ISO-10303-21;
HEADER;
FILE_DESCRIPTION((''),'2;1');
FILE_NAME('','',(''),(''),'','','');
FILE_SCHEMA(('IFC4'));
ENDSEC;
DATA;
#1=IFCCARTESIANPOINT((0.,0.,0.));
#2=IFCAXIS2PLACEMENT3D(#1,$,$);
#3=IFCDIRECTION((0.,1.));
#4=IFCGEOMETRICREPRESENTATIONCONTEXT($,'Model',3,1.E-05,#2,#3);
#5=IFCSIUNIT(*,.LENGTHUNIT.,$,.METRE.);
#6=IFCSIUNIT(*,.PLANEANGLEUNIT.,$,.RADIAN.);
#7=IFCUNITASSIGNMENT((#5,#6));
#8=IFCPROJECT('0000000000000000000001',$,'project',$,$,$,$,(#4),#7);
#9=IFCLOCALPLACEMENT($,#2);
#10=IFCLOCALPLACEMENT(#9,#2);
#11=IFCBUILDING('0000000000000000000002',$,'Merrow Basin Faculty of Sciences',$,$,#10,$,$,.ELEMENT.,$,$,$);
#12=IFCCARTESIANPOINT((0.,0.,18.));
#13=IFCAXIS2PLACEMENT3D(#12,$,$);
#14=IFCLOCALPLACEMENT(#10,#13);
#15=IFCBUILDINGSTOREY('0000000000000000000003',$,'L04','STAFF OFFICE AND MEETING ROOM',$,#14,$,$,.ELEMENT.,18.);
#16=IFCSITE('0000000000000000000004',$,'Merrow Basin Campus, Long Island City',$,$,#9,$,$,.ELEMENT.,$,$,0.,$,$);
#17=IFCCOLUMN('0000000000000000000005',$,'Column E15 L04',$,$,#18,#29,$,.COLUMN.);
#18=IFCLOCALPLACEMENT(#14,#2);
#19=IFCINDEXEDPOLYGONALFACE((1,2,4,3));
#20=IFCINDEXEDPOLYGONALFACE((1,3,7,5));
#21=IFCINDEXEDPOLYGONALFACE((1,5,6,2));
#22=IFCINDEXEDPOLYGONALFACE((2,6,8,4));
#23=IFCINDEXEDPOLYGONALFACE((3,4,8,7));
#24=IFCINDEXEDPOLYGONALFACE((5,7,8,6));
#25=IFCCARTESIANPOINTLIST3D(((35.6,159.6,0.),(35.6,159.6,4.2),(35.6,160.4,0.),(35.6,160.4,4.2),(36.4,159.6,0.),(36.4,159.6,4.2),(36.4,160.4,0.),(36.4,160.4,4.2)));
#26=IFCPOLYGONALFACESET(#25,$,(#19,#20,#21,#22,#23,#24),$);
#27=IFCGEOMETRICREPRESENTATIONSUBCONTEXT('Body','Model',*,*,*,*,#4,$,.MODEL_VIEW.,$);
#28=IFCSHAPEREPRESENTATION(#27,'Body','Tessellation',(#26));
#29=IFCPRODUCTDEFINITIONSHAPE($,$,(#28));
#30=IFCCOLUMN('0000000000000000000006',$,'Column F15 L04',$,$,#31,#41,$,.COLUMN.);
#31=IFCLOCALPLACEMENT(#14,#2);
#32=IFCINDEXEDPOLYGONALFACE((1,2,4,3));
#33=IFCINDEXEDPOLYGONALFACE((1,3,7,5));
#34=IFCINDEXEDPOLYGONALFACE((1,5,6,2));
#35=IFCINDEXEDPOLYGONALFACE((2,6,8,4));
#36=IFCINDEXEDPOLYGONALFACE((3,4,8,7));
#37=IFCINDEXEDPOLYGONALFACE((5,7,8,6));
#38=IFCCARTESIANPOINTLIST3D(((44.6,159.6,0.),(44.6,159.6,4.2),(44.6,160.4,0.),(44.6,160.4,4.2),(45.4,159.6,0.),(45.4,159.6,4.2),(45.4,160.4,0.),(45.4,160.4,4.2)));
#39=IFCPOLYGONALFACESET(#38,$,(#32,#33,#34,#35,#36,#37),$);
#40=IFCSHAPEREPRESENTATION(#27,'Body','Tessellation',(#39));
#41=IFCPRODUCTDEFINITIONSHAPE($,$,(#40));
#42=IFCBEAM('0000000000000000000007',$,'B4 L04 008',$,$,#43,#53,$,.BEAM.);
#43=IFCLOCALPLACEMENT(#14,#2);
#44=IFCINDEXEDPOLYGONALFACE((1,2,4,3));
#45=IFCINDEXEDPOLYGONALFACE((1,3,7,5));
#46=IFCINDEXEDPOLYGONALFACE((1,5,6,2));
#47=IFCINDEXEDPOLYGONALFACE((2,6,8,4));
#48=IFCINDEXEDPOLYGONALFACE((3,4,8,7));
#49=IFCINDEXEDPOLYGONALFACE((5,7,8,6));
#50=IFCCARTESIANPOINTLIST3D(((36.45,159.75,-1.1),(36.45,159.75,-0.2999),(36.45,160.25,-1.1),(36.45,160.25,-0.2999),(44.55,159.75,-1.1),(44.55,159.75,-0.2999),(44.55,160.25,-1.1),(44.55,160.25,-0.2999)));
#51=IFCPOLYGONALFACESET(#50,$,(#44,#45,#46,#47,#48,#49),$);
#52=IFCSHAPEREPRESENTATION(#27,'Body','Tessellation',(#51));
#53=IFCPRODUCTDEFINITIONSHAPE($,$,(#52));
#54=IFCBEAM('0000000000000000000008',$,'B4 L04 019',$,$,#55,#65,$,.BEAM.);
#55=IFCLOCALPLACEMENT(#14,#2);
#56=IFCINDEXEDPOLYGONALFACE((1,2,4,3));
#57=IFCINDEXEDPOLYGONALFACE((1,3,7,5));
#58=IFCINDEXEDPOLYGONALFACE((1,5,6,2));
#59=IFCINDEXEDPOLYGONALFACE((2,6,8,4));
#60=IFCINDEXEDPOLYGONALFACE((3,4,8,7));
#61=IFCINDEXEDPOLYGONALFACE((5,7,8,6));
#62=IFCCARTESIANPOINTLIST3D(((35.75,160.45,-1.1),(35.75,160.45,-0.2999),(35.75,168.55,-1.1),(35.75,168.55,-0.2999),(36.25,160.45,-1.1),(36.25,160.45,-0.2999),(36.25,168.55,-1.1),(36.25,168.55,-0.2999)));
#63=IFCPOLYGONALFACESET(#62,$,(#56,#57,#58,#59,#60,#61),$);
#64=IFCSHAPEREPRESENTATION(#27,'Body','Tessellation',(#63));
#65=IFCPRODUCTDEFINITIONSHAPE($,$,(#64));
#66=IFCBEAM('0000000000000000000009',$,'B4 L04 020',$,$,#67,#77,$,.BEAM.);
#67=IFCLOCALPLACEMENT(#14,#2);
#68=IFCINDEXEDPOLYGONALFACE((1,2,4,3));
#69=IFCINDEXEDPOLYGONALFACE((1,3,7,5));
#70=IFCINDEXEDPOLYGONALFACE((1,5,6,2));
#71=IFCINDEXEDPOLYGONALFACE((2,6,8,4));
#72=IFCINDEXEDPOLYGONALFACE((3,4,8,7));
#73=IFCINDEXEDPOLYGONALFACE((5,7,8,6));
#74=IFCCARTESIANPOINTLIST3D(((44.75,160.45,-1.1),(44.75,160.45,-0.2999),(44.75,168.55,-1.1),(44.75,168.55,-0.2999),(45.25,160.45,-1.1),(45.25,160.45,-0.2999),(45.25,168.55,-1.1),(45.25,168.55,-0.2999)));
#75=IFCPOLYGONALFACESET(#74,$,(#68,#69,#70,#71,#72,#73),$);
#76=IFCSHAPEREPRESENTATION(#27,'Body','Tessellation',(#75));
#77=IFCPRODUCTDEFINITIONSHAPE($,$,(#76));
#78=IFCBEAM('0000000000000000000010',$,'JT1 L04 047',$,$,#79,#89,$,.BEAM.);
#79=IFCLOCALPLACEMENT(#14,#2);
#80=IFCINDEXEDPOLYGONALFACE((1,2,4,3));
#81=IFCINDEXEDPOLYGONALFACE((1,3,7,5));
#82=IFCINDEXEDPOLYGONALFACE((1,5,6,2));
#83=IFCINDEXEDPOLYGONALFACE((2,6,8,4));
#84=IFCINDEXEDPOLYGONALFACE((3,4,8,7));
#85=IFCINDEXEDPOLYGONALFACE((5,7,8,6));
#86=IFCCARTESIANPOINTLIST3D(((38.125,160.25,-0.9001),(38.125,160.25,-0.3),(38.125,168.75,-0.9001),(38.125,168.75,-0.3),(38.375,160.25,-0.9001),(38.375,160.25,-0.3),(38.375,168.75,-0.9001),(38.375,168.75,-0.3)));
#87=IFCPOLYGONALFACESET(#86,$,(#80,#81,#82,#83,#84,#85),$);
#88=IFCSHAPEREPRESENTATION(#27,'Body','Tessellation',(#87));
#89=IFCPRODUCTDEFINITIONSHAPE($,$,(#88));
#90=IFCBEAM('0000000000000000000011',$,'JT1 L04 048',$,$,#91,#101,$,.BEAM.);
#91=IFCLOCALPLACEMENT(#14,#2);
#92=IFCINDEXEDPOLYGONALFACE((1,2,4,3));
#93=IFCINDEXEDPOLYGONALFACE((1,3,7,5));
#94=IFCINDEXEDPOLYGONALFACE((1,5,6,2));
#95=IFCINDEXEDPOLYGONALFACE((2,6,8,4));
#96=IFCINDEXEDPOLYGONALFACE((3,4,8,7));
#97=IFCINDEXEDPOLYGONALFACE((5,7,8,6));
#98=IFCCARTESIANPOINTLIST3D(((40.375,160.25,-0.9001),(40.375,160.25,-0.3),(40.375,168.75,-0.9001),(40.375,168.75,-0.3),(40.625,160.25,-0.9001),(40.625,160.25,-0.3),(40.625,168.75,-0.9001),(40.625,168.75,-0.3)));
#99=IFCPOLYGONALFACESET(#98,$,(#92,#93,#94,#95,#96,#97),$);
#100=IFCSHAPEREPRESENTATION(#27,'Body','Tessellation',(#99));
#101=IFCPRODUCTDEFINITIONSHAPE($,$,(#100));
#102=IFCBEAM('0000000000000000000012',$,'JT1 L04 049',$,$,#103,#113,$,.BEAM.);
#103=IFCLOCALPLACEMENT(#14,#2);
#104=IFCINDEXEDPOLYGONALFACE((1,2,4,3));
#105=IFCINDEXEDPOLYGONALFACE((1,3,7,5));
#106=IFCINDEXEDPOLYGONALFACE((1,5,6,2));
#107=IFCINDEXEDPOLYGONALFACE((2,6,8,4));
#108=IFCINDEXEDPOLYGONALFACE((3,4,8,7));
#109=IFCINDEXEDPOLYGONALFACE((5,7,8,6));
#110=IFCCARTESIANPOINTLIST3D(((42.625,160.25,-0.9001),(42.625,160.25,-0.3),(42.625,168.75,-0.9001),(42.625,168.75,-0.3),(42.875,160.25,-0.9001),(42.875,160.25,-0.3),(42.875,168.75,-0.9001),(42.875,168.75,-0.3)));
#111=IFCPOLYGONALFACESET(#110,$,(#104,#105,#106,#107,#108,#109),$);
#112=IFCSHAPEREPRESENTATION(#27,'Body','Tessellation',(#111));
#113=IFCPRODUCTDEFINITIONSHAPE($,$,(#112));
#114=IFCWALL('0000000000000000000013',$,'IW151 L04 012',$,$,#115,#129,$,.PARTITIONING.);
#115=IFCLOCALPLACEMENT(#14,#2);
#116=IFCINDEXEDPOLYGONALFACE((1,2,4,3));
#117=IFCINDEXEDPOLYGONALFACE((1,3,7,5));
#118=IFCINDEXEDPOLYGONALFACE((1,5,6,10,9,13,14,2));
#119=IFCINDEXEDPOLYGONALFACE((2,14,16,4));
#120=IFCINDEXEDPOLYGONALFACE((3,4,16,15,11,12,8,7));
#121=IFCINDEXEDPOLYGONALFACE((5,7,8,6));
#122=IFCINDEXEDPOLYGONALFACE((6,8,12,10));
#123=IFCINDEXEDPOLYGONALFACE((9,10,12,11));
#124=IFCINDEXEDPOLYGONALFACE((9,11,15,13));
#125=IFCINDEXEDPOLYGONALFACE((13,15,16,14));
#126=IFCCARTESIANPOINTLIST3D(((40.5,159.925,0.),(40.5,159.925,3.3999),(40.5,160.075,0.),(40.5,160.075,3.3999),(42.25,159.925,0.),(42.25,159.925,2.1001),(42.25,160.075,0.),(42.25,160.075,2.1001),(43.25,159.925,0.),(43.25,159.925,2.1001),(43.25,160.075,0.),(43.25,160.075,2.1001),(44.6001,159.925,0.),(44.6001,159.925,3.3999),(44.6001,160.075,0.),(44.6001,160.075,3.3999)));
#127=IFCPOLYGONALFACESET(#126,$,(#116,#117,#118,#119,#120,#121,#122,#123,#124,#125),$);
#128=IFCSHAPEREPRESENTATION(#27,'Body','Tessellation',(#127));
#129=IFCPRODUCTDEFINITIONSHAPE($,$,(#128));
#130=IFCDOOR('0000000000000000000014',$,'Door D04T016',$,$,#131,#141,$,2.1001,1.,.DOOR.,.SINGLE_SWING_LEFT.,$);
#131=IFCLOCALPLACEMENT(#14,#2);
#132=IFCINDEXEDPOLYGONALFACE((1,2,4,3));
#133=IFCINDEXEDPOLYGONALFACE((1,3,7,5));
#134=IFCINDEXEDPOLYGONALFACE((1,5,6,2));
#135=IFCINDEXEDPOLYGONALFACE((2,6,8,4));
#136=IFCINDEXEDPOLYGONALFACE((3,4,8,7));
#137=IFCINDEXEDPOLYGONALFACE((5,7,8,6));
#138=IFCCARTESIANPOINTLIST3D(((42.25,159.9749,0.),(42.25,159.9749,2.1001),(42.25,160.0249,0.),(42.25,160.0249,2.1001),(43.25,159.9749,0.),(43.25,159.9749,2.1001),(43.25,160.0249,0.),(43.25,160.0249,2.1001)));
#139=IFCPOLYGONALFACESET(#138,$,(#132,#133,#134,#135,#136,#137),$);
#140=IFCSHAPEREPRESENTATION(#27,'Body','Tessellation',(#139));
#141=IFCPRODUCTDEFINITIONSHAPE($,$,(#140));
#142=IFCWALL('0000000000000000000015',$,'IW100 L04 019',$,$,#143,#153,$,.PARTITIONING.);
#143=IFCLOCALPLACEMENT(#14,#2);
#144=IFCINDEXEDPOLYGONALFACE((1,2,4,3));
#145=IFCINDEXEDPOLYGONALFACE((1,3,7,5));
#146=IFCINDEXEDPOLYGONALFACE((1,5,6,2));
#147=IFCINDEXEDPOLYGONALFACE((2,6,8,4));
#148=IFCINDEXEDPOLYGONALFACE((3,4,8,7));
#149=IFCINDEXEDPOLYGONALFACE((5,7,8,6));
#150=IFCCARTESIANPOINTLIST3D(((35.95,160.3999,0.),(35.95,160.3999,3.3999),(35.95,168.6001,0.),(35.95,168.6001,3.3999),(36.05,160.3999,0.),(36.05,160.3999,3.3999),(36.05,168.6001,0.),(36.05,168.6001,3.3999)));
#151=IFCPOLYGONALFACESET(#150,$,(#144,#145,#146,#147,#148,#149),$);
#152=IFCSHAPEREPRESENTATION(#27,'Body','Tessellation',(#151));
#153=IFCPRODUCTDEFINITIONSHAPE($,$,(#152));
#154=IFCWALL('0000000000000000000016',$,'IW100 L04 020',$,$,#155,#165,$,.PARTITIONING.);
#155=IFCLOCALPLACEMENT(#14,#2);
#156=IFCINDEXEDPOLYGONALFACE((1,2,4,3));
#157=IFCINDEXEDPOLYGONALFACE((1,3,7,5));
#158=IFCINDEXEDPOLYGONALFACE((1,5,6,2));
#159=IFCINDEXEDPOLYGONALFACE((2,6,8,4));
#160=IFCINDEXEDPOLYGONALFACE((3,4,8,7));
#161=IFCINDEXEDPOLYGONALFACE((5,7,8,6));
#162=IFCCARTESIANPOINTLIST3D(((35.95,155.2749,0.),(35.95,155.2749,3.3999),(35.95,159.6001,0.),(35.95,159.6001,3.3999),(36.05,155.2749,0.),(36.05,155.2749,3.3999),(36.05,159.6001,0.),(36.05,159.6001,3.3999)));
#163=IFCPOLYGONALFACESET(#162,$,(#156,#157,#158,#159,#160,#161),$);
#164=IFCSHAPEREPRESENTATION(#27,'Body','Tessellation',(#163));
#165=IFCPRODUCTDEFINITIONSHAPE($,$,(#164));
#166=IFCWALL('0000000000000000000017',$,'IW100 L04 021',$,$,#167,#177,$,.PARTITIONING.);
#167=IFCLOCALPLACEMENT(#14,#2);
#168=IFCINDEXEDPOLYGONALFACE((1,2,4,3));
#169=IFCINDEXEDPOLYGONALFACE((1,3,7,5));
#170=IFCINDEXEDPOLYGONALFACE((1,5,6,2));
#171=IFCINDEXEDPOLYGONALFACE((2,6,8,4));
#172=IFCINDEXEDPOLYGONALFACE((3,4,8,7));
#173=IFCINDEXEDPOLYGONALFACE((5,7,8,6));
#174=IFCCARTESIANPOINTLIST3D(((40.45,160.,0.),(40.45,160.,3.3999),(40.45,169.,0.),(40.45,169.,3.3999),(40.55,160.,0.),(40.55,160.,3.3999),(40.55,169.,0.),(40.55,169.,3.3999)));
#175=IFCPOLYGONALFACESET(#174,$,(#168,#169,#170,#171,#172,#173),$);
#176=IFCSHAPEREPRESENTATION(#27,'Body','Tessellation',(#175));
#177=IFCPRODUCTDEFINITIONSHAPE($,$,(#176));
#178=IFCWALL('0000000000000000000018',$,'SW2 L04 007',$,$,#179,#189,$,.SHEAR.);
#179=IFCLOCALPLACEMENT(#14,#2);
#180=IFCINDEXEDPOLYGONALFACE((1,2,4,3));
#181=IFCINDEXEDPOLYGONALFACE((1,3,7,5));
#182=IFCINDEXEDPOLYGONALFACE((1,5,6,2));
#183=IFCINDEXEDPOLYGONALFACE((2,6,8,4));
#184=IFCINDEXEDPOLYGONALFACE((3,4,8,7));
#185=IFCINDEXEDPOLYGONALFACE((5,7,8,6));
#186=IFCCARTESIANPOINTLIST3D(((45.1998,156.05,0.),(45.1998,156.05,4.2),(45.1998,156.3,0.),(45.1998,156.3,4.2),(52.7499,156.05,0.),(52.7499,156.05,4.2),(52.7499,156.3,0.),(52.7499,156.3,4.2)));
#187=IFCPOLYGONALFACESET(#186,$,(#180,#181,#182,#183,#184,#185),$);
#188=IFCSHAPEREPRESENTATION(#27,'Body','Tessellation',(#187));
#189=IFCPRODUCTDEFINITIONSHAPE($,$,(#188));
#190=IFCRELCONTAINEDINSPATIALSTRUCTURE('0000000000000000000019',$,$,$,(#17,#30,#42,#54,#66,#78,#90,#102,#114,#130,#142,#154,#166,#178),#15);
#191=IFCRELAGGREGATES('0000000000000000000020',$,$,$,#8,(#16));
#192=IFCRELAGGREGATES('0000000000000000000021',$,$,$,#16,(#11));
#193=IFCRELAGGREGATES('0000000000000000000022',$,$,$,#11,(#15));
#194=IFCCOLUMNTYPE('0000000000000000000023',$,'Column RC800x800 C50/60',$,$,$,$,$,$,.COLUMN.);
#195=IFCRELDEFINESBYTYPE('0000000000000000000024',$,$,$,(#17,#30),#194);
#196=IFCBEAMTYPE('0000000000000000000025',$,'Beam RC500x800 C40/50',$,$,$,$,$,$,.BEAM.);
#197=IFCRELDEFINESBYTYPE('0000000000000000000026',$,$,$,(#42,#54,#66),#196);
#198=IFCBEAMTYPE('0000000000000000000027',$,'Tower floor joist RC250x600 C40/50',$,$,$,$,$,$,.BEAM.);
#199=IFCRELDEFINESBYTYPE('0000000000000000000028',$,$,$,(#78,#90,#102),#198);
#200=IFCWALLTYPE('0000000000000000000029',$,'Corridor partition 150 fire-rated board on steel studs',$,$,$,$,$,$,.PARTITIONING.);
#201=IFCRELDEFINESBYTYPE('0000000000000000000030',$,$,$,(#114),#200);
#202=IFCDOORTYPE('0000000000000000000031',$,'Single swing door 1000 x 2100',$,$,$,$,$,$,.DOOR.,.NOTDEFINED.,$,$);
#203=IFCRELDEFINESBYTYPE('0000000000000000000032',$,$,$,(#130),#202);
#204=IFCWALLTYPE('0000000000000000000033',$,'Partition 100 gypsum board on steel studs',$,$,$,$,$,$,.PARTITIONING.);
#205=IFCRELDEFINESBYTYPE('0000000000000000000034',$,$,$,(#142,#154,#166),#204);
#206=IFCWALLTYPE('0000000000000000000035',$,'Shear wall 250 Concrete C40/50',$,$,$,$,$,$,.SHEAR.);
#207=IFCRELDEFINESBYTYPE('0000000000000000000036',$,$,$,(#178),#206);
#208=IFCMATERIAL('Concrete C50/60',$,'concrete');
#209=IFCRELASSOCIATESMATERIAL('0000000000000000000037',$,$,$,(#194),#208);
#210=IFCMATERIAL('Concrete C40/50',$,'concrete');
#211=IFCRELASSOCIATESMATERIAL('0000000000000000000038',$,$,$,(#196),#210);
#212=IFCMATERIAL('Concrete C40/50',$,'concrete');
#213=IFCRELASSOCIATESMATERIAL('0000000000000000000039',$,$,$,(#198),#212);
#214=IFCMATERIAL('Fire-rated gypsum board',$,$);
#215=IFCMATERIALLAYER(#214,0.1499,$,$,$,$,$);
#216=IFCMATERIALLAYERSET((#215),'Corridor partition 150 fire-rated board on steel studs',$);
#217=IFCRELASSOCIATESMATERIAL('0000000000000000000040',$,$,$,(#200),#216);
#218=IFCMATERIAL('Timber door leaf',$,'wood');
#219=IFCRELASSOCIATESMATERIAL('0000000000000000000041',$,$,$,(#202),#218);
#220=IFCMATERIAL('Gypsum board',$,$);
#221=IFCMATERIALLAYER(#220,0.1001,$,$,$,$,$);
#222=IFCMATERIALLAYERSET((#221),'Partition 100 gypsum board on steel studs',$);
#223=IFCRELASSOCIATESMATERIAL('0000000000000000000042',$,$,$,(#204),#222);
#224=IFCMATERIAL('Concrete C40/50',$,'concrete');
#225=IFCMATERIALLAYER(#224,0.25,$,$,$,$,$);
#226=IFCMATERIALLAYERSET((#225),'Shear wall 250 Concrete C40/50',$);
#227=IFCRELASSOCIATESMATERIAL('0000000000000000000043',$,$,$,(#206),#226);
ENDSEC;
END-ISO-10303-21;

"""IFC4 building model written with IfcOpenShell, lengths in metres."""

from ifc_helpers import new_model, si_unit, direction, frame, frame_2d, origin, origin_2d, place, context, subcontext, project, spatial, rectangle, extrude, material, layer, layer_set, material_profile, profile_set, type_object, element, fill, save


model = new_model("IFC4")

# Units and contexts
model_context = context("Model", 3, precision=1e-05, world=origin(), true_north=direction((0.0, 1.0)))
body_context = subcontext(model_context, "Body", "Model", "MODEL_VIEW")
ifc_project = project(units=[si_unit("LENGTHUNIT", "METRE"), si_unit("PLANEANGLEUNIT", "RADIAN")], contexts=[model_context])

# Site, building, storey
site_placement = place(None, origin())
site = spatial("IfcSite", under=ifc_project, at=site_placement, Name="Merrow Basin Campus, Long Island City", CompositionType="ELEMENT", RefElevation=0.0)
building_placement = place(site_placement, origin())
building = spatial("IfcBuilding", under=site, at=building_placement, Name="Merrow Basin Faculty of Sciences", CompositionType="ELEMENT")
storey_placement = place(building_placement, frame((0.0, 0.0, 18.0)))
storey = spatial("IfcBuildingStorey", under=building, at=storey_placement, Name="L04", Description="STAFF OFFICE AND MEETING ROOM", CompositionType="ELEMENT", Elevation=18.0)

# Columns
ifc_material_1 = material(Name="Concrete C50/60", Category="concrete")
ifc_material_profile_1 = material_profile(ifc_material_1, rectangle(XDim=0.8, YDim=0.8, at=origin_2d()))
ifc_profile_set_1 = profile_set([ifc_material_profile_1], Name="Concrete C50/60")
column_type = type_object("IfcColumnType", Name="Column RC800x800 C50/60", PredefinedType="COLUMN", material=ifc_profile_set_1)
for number, where, z_axis, x_axis, name in (
    (1, (36.0, 160.0, 0.0), (0.0, 0.0, 1.0), (1.0, 0.0, 0.0), "Column E15 L04"),
    (2, (45.0, 160.0, 0.0), (0.0, 0.0, 1.0), (1.0, 0.0, 0.0), "Column F15 L04"),
):
    element("IfcColumn", number, at=place(storey_placement, frame(where, z_axis=z_axis, x_axis=x_axis)), inside=storey, type_object=column_type, Name=name, PredefinedType="COLUMN", context=body_context, shape_type="SweptSolid", body=[
        extrude(rectangle(XDim=0.8, YDim=0.8, at=origin_2d()), origin(), (0.0, 0.0, 1.0), 4.2),
    ])

# Beams
ifc_material_2 = material(Name="Concrete C40/50", Category="concrete")
ifc_material_profile_2 = material_profile(ifc_material_2, rectangle(XDim=0.5, YDim=0.8, at=origin_2d()))
ifc_profile_set_2 = profile_set([ifc_material_profile_2], Name="Concrete C40/50")
beam_type_1 = type_object("IfcBeamType", Name="Beam RC500x800 C40/50", PredefinedType="BEAM", material=ifc_profile_set_2)
for number, where, z_axis, x_axis, name in (
    (3, (36.45, 160.0, -0.7), (1.0, 0.0, 0.0), (0.0, 1.0, 0.0), "B4 L04 008"),
    (4, (36.0, 160.45, -0.7), (0.0, 1.0, 0.0), (-1.0, 0.0, 0.0), "B4 L04 019"),
    (5, (45.0, 160.45, -0.7), (0.0, 1.0, 0.0), (-1.0, 0.0, 0.0), "B4 L04 020"),
):
    element("IfcBeam", number, at=place(storey_placement, frame(where, z_axis=z_axis, x_axis=x_axis)), inside=storey, type_object=beam_type_1, Name=name, PredefinedType="BEAM", context=body_context, shape_type="SweptSolid", body=[
        extrude(rectangle(XDim=0.5, YDim=0.8, at=origin_2d()), origin(), (0.0, 0.0, 1.0), 8.1001),
    ])
ifc_material_3 = material(Name="Concrete C40/50", Category="concrete")
ifc_material_profile_3 = material_profile(ifc_material_3, rectangle(XDim=0.25, YDim=0.6001, at=origin_2d()))
ifc_profile_set_3 = profile_set([ifc_material_profile_3], Name="Concrete C40/50")
beam_type_2 = type_object("IfcBeamType", Name="Tower floor joist RC250x600 C40/50", PredefinedType="BEAM", material=ifc_profile_set_3)
for number, where, z_axis, x_axis, name in (
    (6, (38.25, 160.25, -0.6001), (0.0, 1.0, 0.0), (-1.0, 0.0, 0.0), "JT1 L04 047"),
    (7, (40.5, 160.25, -0.6001), (0.0, 1.0, 0.0), (-1.0, 0.0, 0.0), "JT1 L04 048"),
    (8, (42.75, 160.25, -0.6001), (0.0, 1.0, 0.0), (-1.0, 0.0, 0.0), "JT1 L04 049"),
):
    element("IfcBeam", number, at=place(storey_placement, frame(where, z_axis=z_axis, x_axis=x_axis)), inside=storey, type_object=beam_type_2, Name=name, PredefinedType="BEAM", context=body_context, shape_type="SweptSolid", body=[
        extrude(rectangle(XDim=0.25, YDim=0.6001, at=origin_2d()), origin(), (0.0, 0.0, 1.0), 8.5),
    ])

# Wall, opening, door
ifc_material_4 = material(Name="Fire-rated gypsum board")
ifc_layer_1 = layer(ifc_material_4, 0.1499)
ifc_layer_set_1 = layer_set([ifc_layer_1], Name="Corridor partition 150 fire-rated board on steel studs")
wall_type_1 = type_object("IfcWallType", Name="Corridor partition 150 fire-rated board on steel studs", PredefinedType="PARTITIONING", material=ifc_layer_set_1)
wall_1_placement = place(storey_placement, frame((40.5, 160.0, 0.0), z_axis=(0.0, 0.0, 1.0), x_axis=(1.0, 0.0, 0.0)))
wall_1 = element("IfcWall", 9, at=wall_1_placement, inside=storey, type_object=wall_type_1, Name="IW151 L04 012", PredefinedType="PARTITIONING", context=body_context, shape_type="SweptSolid", body=[
    extrude(rectangle(XDim=4.1001, YDim=0.1499, at=frame_2d((2.05, 0.0))), origin(), (0.0, 0.0, 1.0), 3.3999),
])
opening_placement = place(wall_1_placement, frame((1.75, 0.0, 0.0)))
opening = element("IfcOpeningElement", 10, at=opening_placement, cuts=wall_1, PredefinedType="OPENING", context=body_context, shape_type="SweptSolid", body=[
    extrude(rectangle(XDim=1.0, YDim=2.1001, at=frame_2d((0.5, 1.05))), frame((0.0, 0.085, 0.0), z_axis=(0.0, -1.0, 0.0), x_axis=(1.0, 0.0, 0.0)), (0.0, 0.0, 1.0), 0.1699),
])
ifc_material_5 = material(Name="Timber door leaf", Category="wood")
door_type = type_object("IfcDoorType", Name="Single swing door 1000 x 2100", OperationType="NOTDEFINED", PredefinedType="DOOR", material=ifc_material_5)
door_placement = place(opening_placement, origin())
door = element("IfcDoor", 11, at=door_placement, inside=storey, type_object=door_type, Name="Door D04T016", OperationType="SINGLE_SWING_LEFT", OverallHeight=2.1001, OverallWidth=1.0, PredefinedType="DOOR", context=body_context, shape_type="SweptSolid", body=[
    extrude(rectangle(XDim=1.0, YDim=2.1001, at=frame_2d((0.5, 1.05))), frame((0.0, 0.0249, 0.0), z_axis=(0.0, -1.0, 0.0), x_axis=(1.0, 0.0, 0.0)), (0.0, 0.0, 1.0), 0.05),
])
fill(opening, door)

# Walls
ifc_material_6 = material(Name="Gypsum board")
ifc_layer_2 = layer(ifc_material_6, 0.1001)
ifc_layer_set_2 = layer_set([ifc_layer_2], Name="Partition 100 gypsum board on steel studs")
wall_type_2 = type_object("IfcWallType", Name="Partition 100 gypsum board on steel studs", PredefinedType="PARTITIONING", material=ifc_layer_set_2)
wall_2_placement = place(storey_placement, frame((36.0, 160.3999, 0.0), z_axis=(0.0, 0.0, 1.0), x_axis=(0.0, 1.0, 0.0)))
element("IfcWall", 12, at=wall_2_placement, inside=storey, type_object=wall_type_2, Name="IW100 L04 019", PredefinedType="PARTITIONING", context=body_context, shape_type="SweptSolid", body=[
    extrude(rectangle(XDim=8.2002, YDim=0.1001, at=frame_2d((4.1001, 0.0))), origin(), (0.0, 0.0, 1.0), 3.3999),
])
wall_3_placement = place(storey_placement, frame((36.0, 155.2749, 0.0), z_axis=(0.0, 0.0, 1.0), x_axis=(0.0, 1.0, 0.0)))
element("IfcWall", 13, at=wall_3_placement, inside=storey, type_object=wall_type_2, Name="IW100 L04 020", PredefinedType="PARTITIONING", context=body_context, shape_type="SweptSolid", body=[
    extrude(rectangle(XDim=4.3252, YDim=0.1001, at=frame_2d((2.1626, 0.0))), origin(), (0.0, 0.0, 1.0), 3.3999),
])
wall_4_placement = place(storey_placement, frame((40.5, 160.0, 0.0), z_axis=(0.0, 0.0, 1.0), x_axis=(0.0, 1.0, 0.0)))
element("IfcWall", 14, at=wall_4_placement, inside=storey, type_object=wall_type_2, Name="IW100 L04 021", PredefinedType="PARTITIONING", context=body_context, shape_type="SweptSolid", body=[
    extrude(rectangle(XDim=9.0, YDim=0.1001, at=frame_2d((4.5, 0.0))), origin(), (0.0, 0.0, 1.0), 3.3999),
])
ifc_material_7 = material(Name="Concrete C40/50", Category="concrete")
ifc_layer_3 = layer(ifc_material_7, 0.25)
ifc_layer_set_3 = layer_set([ifc_layer_3], Name="Shear wall 250 Concrete C40/50")
wall_type_3 = type_object("IfcWallType", Name="Shear wall 250 Concrete C40/50", PredefinedType="SHEAR", material=ifc_layer_set_3)
wall_5_placement = place(storey_placement, frame((45.2, 156.175, 0.0), z_axis=(0.0, 0.0, 1.0), x_axis=(1.0, 0.0, 0.0)))
element("IfcWall", 15, at=wall_5_placement, inside=storey, type_object=wall_type_3, Name="SW2 L04 007", PredefinedType="SHEAR", context=body_context, shape_type="SweptSolid", body=[
    extrude(rectangle(XDim=7.55, YDim=0.25, at=frame_2d((3.7749, 0.0))), origin(), (0.0, 0.0, 1.0), 4.2),
])

save(model, "model.ifc")
